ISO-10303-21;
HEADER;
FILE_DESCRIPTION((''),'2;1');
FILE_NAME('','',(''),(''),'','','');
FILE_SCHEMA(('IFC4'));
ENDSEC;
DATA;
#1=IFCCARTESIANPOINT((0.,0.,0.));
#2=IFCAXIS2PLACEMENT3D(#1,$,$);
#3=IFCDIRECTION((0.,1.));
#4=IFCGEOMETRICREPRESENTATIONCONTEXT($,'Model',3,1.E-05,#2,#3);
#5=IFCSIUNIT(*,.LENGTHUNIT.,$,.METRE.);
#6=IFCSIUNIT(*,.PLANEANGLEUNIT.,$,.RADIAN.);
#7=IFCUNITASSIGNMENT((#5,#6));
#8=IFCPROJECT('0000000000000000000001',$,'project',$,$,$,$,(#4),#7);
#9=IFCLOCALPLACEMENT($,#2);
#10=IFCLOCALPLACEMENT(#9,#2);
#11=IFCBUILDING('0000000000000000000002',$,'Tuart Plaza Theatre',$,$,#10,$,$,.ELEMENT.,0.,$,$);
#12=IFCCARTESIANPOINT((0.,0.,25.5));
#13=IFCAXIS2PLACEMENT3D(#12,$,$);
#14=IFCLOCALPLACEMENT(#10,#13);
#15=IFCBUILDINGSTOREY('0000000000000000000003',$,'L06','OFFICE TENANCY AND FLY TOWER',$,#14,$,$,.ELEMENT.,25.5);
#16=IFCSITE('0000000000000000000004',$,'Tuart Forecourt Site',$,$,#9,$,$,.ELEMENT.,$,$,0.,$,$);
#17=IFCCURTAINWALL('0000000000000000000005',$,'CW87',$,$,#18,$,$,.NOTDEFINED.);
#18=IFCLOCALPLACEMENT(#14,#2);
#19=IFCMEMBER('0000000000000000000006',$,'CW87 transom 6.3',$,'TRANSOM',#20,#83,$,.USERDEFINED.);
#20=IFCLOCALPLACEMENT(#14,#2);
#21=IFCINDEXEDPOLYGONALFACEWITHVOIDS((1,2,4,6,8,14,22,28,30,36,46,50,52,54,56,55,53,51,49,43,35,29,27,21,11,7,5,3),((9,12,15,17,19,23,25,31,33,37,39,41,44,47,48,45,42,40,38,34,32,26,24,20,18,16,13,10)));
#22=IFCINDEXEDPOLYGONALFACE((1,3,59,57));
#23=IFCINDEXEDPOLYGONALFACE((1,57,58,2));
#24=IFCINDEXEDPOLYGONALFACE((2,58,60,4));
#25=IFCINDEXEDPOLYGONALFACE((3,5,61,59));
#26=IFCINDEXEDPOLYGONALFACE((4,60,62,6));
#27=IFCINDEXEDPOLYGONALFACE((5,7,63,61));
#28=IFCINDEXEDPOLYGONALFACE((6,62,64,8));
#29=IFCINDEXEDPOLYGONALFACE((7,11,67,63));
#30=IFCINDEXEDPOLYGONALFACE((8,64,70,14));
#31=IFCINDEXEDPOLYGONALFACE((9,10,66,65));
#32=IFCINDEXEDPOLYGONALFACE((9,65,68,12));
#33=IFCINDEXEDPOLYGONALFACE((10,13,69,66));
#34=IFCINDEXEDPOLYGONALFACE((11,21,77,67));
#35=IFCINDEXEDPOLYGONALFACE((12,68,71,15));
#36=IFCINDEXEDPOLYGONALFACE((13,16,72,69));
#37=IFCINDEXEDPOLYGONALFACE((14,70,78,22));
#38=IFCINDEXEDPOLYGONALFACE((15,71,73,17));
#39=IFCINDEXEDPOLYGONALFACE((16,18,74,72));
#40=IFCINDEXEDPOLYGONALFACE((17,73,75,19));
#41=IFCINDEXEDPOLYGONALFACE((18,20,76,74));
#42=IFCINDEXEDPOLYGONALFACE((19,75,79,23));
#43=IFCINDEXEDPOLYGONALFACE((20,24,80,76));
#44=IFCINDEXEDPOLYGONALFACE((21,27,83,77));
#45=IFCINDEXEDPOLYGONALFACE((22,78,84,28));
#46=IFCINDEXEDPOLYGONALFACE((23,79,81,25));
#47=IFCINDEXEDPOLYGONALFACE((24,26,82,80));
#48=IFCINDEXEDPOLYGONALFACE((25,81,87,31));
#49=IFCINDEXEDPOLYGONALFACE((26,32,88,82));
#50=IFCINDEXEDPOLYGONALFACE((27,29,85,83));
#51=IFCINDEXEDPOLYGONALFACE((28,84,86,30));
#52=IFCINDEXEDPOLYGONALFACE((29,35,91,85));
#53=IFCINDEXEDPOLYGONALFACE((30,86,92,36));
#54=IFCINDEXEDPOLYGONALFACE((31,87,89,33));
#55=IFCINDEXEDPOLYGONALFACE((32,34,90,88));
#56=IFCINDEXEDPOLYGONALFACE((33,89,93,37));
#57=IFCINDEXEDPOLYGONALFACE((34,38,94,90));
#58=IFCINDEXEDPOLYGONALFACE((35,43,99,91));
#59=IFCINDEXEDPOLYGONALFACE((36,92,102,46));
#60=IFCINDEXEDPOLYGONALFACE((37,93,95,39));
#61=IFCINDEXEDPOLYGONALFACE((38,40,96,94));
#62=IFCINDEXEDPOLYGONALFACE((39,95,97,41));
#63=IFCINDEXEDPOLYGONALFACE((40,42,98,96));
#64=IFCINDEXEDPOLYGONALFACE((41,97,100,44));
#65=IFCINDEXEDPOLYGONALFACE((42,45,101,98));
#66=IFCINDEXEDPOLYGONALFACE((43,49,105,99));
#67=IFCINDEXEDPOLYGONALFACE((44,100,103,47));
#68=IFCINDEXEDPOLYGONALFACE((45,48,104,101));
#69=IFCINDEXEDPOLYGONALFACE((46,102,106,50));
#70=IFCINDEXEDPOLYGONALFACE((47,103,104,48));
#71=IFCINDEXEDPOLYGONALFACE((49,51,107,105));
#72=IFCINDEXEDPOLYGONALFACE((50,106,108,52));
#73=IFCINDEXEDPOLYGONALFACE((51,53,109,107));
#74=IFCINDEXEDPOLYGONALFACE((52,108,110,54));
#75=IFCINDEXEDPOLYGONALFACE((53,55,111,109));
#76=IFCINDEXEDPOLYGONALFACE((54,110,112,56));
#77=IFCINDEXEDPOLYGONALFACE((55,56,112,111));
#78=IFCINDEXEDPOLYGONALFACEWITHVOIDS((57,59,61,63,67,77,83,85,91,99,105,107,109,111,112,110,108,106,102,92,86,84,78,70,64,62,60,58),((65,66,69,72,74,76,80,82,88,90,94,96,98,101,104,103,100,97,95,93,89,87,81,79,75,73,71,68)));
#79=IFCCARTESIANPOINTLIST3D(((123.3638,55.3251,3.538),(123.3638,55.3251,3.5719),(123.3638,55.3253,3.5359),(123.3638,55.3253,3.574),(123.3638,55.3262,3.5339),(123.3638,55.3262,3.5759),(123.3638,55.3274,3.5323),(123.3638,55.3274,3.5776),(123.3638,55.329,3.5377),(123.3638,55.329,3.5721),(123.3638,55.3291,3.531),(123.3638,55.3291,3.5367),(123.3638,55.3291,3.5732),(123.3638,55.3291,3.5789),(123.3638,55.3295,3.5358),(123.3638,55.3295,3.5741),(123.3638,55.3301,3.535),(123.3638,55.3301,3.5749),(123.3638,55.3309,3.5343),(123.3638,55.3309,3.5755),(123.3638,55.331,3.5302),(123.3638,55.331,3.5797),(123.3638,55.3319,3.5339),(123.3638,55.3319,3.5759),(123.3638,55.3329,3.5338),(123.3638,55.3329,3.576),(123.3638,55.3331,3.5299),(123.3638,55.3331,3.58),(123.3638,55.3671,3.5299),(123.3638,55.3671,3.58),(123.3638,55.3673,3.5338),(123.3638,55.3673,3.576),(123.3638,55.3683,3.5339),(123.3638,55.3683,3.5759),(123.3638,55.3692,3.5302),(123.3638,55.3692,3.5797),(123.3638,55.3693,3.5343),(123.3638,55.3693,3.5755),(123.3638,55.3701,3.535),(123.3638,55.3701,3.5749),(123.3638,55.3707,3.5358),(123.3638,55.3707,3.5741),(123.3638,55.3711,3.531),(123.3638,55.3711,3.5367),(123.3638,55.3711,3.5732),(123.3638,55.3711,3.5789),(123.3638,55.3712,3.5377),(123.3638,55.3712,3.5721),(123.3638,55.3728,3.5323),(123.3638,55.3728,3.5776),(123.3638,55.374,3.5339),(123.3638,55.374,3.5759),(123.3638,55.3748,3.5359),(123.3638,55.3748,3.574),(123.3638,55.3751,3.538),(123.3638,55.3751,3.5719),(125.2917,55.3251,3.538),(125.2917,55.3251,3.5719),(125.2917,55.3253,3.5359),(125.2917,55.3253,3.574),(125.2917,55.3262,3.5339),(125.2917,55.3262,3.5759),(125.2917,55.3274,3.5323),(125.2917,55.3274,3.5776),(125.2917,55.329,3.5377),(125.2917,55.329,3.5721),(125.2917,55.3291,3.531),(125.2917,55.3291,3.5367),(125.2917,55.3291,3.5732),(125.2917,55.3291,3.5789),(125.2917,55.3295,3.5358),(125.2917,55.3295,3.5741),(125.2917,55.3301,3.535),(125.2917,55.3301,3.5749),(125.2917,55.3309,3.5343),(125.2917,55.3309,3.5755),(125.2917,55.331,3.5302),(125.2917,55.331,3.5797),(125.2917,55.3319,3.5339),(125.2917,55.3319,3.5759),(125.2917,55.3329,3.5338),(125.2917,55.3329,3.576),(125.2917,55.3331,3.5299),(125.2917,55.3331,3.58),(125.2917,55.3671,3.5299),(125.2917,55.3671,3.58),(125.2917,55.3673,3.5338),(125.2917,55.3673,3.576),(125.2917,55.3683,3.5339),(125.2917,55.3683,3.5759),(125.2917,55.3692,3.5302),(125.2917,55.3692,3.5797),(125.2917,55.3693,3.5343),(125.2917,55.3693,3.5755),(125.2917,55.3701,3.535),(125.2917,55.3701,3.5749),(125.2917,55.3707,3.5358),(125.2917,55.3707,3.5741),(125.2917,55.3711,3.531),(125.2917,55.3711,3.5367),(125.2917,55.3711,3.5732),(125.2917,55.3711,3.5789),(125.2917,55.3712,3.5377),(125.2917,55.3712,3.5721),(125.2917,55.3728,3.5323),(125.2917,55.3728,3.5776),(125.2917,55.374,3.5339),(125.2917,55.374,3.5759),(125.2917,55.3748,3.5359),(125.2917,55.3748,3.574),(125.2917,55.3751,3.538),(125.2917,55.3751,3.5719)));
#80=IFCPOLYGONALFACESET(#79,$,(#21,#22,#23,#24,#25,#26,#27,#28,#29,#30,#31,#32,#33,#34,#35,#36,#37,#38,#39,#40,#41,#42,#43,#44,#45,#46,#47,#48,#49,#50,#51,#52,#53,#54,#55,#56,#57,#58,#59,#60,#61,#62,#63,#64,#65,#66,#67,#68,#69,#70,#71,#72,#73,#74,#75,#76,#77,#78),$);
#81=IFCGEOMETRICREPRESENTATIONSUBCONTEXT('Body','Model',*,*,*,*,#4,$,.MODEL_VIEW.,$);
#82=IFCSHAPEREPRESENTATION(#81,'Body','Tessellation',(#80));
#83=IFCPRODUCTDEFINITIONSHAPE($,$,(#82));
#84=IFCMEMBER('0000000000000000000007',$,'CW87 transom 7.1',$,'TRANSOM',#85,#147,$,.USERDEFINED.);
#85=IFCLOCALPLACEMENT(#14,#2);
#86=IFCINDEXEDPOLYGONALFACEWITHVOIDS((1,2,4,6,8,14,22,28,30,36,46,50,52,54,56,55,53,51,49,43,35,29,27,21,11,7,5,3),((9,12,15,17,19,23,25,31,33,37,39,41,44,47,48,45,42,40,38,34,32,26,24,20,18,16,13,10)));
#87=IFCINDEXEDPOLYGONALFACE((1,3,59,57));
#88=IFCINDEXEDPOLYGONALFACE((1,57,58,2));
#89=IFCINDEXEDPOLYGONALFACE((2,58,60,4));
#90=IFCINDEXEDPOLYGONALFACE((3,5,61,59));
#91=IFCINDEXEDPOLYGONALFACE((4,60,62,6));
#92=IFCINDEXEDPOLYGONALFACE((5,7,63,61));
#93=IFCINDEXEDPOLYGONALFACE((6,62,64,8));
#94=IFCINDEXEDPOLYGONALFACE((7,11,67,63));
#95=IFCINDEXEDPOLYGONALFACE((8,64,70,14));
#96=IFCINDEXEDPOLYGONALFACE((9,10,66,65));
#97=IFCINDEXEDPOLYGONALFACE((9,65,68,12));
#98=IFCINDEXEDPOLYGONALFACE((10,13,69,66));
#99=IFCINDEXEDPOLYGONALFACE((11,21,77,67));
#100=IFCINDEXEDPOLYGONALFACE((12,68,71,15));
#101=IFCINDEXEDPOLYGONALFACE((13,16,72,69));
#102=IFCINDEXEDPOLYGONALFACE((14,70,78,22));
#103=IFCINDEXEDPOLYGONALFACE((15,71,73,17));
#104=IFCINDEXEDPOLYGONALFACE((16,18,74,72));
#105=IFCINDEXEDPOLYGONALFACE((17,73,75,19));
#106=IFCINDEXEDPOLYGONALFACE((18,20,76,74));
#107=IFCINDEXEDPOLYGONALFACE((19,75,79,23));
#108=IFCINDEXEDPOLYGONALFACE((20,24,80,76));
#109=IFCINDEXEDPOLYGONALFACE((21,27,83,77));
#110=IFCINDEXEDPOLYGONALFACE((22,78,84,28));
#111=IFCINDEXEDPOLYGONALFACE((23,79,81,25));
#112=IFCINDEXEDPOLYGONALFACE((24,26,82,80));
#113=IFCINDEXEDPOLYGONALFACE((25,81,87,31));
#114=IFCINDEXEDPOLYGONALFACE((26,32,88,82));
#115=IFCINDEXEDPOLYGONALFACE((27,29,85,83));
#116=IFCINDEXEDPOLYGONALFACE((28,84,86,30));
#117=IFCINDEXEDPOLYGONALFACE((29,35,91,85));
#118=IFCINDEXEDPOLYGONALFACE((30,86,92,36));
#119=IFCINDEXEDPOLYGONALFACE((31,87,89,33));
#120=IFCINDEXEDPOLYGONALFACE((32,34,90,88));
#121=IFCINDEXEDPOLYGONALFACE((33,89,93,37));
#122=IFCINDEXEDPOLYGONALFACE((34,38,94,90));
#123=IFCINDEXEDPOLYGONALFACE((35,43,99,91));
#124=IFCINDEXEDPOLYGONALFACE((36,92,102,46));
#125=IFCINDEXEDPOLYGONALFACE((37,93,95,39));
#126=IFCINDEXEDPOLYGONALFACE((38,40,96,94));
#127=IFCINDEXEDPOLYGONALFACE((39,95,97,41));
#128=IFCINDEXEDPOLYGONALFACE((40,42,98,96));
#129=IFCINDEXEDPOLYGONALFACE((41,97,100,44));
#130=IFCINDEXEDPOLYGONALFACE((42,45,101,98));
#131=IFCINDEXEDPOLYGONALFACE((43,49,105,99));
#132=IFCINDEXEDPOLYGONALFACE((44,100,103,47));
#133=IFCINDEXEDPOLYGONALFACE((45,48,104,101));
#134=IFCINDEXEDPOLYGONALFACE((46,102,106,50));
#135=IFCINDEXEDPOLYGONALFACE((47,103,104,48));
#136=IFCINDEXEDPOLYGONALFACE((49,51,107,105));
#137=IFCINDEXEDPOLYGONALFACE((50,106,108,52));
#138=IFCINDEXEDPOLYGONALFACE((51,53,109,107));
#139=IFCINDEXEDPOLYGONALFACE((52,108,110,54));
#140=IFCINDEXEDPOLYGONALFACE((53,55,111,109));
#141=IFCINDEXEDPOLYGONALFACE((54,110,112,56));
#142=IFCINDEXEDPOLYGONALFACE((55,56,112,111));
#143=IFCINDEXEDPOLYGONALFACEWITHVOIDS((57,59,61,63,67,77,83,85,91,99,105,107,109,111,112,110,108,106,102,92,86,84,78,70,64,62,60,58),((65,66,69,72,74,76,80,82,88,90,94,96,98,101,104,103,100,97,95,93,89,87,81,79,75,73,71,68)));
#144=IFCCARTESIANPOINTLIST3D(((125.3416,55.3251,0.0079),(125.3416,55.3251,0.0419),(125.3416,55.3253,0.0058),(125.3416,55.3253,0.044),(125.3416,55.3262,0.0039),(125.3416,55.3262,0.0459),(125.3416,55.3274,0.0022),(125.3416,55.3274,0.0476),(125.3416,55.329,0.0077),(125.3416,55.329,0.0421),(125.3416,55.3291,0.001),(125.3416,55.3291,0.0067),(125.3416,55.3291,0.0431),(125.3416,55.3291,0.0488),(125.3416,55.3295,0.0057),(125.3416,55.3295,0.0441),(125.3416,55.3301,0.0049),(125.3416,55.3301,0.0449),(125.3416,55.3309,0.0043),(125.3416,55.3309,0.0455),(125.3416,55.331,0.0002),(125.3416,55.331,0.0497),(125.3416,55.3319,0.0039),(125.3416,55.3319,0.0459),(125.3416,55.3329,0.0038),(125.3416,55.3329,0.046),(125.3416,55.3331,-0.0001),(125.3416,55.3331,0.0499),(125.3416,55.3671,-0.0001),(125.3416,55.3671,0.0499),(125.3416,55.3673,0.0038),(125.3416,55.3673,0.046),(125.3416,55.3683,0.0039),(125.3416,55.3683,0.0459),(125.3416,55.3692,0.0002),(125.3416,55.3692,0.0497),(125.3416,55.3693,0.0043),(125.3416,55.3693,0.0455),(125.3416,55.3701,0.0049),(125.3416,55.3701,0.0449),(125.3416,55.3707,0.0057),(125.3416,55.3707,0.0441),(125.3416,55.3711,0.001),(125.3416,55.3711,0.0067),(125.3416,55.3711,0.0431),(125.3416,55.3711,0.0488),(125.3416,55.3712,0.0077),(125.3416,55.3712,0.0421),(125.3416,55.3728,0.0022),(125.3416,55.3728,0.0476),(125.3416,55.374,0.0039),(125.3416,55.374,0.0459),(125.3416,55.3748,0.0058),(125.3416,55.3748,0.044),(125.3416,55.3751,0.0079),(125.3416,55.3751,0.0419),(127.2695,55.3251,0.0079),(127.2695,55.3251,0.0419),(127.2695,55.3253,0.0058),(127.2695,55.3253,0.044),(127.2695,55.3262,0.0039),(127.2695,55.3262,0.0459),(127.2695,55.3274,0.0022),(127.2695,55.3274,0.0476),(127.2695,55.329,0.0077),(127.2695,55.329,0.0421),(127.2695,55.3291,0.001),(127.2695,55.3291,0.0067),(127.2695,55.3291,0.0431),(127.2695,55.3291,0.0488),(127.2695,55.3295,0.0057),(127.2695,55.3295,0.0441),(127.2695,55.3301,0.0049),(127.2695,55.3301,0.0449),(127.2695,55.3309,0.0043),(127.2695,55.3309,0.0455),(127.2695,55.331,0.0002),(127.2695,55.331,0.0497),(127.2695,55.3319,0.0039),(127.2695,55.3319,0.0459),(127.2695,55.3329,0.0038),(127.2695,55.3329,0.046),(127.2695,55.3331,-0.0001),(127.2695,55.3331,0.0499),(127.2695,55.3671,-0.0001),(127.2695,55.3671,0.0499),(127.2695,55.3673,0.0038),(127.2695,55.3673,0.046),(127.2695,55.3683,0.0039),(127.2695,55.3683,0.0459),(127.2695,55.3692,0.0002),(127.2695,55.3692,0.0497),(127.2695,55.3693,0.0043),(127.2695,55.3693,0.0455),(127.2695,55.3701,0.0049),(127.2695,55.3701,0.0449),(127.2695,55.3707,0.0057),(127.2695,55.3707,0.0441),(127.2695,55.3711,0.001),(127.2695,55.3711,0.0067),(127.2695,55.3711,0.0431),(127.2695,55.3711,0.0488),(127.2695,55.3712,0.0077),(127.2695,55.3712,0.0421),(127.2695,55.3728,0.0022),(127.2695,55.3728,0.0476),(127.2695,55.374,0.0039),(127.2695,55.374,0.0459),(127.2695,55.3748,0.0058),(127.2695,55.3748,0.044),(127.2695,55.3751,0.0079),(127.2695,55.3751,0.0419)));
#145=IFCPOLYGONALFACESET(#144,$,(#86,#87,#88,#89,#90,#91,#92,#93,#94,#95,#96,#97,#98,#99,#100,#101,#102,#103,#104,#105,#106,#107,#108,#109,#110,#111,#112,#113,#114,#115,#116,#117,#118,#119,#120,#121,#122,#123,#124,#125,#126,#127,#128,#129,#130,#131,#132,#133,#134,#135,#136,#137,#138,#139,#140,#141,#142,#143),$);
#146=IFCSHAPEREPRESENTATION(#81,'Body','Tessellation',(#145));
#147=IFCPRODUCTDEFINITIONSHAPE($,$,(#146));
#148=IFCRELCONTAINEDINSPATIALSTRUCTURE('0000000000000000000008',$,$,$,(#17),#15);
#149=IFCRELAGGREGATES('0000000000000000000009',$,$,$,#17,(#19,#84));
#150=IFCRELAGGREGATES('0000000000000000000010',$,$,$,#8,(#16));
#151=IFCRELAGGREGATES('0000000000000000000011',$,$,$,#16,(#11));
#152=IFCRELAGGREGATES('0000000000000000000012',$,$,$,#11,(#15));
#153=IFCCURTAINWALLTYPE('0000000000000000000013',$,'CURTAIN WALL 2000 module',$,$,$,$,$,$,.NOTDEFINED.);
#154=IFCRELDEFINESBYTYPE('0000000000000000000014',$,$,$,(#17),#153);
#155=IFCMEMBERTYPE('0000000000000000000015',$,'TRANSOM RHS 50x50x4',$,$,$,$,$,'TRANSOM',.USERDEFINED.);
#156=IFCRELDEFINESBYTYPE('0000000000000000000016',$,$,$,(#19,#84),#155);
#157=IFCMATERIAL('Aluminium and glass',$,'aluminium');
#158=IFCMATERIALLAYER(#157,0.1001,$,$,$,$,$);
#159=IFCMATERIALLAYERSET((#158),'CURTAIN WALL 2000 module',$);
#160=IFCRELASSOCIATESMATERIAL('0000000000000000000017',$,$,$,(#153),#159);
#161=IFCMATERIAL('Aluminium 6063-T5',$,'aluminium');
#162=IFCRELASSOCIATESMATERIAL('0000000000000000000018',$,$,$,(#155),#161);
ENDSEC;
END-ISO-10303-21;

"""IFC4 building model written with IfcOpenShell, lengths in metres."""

from ifc_helpers import new_model, si_unit, direction, frame, origin, origin_2d, place, context, subcontext, project, spatial, hollow_rectangle, extrude, material, layer, layer_set, material_profile, profile_set, type_object, element, aggregate, save


model = new_model("IFC4")

# Units and contexts
model_context = context("Model", 3, precision=1e-05, world=origin(), true_north=direction((0.0, 1.0)))
body_context = subcontext(model_context, "Body", "Model", "MODEL_VIEW")
ifc_project = project(units=[si_unit("LENGTHUNIT", "METRE"), si_unit("PLANEANGLEUNIT", "RADIAN")], contexts=[model_context])

# Site, building, storey
site_placement = place(None, origin())
site = spatial("IfcSite", under=ifc_project, at=site_placement, Name="Tuart Forecourt Site", CompositionType="ELEMENT", RefElevation=0.0)
building_placement = place(site_placement, origin())
building = spatial("IfcBuilding", under=site, at=building_placement, Name="Tuart Plaza Theatre", CompositionType="ELEMENT", ElevationOfRefHeight=0.0)
storey_placement = place(building_placement, frame((0.0, 0.0, 25.5)))
storey = spatial("IfcBuildingStorey", under=building, at=storey_placement, Name="L06", Description="OFFICE TENANCY AND FLY TOWER", CompositionType="ELEMENT", Elevation=25.5)

# Curtain wall, members
ifc_material_1 = material(Name="Aluminium and glass", Category="aluminium")
ifc_layer_1 = layer(ifc_material_1, 0.1001)
ifc_layer_set_1 = layer_set([ifc_layer_1], Name="CURTAIN WALL 2000 module")
curtain_wall_type = type_object("IfcCurtainWallType", Name="CURTAIN WALL 2000 module", PredefinedType="NOTDEFINED", material=ifc_layer_set_1)
curtain_wall_placement = place(storey_placement, origin())
curtain_wall = element("IfcCurtainWall", 1, at=curtain_wall_placement, inside=storey, type_object=curtain_wall_type, Name="CW87", PredefinedType="NOTDEFINED")
ifc_material_2 = material(Name="Aluminium 6063-T5", Category="aluminium")
ifc_material_profile_1 = material_profile(ifc_material_2, hollow_rectangle(XDim=0.05, YDim=0.05, WallThickness=0.0039, InnerFilletRadius=0.0039, OuterFilletRadius=0.0081, at=origin_2d()), Name="RHS 50x50x4")
ifc_profile_set_1 = profile_set([ifc_material_profile_1], Name="Aluminium 6063-T5")
member_type_1 = type_object("IfcMemberType", Name="TRANSOM RHS 50x50x4", ElementType="TRANSOM", PredefinedType="USERDEFINED", material=ifc_profile_set_1)
member_1_placement = place(storey_placement, frame((123.3638, 55.3501, 3.5549), z_axis=(1.0, 0.0, 0.0), x_axis=(0.0, 1.0, 0.0)))
member_1 = element("IfcMember", 2, at=member_1_placement, type_object=member_type_1, Name="CW87 transom 6.3", ObjectType="TRANSOM", PredefinedType="USERDEFINED", context=body_context, shape_type="SweptSolid", body=[
    extrude(hollow_rectangle(XDim=0.05, YDim=0.05, WallThickness=0.0039, InnerFilletRadius=0.0039, OuterFilletRadius=0.0081, at=origin_2d()), origin(), (0.0, 0.0, 1.0), 1.928),
])
member_2_placement = place(storey_placement, frame((125.3416, 55.3501, 0.0249), z_axis=(1.0, 0.0, 0.0), x_axis=(0.0, 1.0, 0.0)))
member_2 = element("IfcMember", 3, at=member_2_placement, type_object=member_type_1, Name="CW87 transom 7.1", ObjectType="TRANSOM", PredefinedType="USERDEFINED", context=body_context, shape_type="SweptSolid", body=[
    extrude(hollow_rectangle(XDim=0.05, YDim=0.05, WallThickness=0.0039, InnerFilletRadius=0.0039, OuterFilletRadius=0.0081, at=origin_2d()), origin(), (0.0, 0.0, 1.0), 1.928),
])
aggregate(curtain_wall, [member_1, member_2])

save(model, "model.ifc")
